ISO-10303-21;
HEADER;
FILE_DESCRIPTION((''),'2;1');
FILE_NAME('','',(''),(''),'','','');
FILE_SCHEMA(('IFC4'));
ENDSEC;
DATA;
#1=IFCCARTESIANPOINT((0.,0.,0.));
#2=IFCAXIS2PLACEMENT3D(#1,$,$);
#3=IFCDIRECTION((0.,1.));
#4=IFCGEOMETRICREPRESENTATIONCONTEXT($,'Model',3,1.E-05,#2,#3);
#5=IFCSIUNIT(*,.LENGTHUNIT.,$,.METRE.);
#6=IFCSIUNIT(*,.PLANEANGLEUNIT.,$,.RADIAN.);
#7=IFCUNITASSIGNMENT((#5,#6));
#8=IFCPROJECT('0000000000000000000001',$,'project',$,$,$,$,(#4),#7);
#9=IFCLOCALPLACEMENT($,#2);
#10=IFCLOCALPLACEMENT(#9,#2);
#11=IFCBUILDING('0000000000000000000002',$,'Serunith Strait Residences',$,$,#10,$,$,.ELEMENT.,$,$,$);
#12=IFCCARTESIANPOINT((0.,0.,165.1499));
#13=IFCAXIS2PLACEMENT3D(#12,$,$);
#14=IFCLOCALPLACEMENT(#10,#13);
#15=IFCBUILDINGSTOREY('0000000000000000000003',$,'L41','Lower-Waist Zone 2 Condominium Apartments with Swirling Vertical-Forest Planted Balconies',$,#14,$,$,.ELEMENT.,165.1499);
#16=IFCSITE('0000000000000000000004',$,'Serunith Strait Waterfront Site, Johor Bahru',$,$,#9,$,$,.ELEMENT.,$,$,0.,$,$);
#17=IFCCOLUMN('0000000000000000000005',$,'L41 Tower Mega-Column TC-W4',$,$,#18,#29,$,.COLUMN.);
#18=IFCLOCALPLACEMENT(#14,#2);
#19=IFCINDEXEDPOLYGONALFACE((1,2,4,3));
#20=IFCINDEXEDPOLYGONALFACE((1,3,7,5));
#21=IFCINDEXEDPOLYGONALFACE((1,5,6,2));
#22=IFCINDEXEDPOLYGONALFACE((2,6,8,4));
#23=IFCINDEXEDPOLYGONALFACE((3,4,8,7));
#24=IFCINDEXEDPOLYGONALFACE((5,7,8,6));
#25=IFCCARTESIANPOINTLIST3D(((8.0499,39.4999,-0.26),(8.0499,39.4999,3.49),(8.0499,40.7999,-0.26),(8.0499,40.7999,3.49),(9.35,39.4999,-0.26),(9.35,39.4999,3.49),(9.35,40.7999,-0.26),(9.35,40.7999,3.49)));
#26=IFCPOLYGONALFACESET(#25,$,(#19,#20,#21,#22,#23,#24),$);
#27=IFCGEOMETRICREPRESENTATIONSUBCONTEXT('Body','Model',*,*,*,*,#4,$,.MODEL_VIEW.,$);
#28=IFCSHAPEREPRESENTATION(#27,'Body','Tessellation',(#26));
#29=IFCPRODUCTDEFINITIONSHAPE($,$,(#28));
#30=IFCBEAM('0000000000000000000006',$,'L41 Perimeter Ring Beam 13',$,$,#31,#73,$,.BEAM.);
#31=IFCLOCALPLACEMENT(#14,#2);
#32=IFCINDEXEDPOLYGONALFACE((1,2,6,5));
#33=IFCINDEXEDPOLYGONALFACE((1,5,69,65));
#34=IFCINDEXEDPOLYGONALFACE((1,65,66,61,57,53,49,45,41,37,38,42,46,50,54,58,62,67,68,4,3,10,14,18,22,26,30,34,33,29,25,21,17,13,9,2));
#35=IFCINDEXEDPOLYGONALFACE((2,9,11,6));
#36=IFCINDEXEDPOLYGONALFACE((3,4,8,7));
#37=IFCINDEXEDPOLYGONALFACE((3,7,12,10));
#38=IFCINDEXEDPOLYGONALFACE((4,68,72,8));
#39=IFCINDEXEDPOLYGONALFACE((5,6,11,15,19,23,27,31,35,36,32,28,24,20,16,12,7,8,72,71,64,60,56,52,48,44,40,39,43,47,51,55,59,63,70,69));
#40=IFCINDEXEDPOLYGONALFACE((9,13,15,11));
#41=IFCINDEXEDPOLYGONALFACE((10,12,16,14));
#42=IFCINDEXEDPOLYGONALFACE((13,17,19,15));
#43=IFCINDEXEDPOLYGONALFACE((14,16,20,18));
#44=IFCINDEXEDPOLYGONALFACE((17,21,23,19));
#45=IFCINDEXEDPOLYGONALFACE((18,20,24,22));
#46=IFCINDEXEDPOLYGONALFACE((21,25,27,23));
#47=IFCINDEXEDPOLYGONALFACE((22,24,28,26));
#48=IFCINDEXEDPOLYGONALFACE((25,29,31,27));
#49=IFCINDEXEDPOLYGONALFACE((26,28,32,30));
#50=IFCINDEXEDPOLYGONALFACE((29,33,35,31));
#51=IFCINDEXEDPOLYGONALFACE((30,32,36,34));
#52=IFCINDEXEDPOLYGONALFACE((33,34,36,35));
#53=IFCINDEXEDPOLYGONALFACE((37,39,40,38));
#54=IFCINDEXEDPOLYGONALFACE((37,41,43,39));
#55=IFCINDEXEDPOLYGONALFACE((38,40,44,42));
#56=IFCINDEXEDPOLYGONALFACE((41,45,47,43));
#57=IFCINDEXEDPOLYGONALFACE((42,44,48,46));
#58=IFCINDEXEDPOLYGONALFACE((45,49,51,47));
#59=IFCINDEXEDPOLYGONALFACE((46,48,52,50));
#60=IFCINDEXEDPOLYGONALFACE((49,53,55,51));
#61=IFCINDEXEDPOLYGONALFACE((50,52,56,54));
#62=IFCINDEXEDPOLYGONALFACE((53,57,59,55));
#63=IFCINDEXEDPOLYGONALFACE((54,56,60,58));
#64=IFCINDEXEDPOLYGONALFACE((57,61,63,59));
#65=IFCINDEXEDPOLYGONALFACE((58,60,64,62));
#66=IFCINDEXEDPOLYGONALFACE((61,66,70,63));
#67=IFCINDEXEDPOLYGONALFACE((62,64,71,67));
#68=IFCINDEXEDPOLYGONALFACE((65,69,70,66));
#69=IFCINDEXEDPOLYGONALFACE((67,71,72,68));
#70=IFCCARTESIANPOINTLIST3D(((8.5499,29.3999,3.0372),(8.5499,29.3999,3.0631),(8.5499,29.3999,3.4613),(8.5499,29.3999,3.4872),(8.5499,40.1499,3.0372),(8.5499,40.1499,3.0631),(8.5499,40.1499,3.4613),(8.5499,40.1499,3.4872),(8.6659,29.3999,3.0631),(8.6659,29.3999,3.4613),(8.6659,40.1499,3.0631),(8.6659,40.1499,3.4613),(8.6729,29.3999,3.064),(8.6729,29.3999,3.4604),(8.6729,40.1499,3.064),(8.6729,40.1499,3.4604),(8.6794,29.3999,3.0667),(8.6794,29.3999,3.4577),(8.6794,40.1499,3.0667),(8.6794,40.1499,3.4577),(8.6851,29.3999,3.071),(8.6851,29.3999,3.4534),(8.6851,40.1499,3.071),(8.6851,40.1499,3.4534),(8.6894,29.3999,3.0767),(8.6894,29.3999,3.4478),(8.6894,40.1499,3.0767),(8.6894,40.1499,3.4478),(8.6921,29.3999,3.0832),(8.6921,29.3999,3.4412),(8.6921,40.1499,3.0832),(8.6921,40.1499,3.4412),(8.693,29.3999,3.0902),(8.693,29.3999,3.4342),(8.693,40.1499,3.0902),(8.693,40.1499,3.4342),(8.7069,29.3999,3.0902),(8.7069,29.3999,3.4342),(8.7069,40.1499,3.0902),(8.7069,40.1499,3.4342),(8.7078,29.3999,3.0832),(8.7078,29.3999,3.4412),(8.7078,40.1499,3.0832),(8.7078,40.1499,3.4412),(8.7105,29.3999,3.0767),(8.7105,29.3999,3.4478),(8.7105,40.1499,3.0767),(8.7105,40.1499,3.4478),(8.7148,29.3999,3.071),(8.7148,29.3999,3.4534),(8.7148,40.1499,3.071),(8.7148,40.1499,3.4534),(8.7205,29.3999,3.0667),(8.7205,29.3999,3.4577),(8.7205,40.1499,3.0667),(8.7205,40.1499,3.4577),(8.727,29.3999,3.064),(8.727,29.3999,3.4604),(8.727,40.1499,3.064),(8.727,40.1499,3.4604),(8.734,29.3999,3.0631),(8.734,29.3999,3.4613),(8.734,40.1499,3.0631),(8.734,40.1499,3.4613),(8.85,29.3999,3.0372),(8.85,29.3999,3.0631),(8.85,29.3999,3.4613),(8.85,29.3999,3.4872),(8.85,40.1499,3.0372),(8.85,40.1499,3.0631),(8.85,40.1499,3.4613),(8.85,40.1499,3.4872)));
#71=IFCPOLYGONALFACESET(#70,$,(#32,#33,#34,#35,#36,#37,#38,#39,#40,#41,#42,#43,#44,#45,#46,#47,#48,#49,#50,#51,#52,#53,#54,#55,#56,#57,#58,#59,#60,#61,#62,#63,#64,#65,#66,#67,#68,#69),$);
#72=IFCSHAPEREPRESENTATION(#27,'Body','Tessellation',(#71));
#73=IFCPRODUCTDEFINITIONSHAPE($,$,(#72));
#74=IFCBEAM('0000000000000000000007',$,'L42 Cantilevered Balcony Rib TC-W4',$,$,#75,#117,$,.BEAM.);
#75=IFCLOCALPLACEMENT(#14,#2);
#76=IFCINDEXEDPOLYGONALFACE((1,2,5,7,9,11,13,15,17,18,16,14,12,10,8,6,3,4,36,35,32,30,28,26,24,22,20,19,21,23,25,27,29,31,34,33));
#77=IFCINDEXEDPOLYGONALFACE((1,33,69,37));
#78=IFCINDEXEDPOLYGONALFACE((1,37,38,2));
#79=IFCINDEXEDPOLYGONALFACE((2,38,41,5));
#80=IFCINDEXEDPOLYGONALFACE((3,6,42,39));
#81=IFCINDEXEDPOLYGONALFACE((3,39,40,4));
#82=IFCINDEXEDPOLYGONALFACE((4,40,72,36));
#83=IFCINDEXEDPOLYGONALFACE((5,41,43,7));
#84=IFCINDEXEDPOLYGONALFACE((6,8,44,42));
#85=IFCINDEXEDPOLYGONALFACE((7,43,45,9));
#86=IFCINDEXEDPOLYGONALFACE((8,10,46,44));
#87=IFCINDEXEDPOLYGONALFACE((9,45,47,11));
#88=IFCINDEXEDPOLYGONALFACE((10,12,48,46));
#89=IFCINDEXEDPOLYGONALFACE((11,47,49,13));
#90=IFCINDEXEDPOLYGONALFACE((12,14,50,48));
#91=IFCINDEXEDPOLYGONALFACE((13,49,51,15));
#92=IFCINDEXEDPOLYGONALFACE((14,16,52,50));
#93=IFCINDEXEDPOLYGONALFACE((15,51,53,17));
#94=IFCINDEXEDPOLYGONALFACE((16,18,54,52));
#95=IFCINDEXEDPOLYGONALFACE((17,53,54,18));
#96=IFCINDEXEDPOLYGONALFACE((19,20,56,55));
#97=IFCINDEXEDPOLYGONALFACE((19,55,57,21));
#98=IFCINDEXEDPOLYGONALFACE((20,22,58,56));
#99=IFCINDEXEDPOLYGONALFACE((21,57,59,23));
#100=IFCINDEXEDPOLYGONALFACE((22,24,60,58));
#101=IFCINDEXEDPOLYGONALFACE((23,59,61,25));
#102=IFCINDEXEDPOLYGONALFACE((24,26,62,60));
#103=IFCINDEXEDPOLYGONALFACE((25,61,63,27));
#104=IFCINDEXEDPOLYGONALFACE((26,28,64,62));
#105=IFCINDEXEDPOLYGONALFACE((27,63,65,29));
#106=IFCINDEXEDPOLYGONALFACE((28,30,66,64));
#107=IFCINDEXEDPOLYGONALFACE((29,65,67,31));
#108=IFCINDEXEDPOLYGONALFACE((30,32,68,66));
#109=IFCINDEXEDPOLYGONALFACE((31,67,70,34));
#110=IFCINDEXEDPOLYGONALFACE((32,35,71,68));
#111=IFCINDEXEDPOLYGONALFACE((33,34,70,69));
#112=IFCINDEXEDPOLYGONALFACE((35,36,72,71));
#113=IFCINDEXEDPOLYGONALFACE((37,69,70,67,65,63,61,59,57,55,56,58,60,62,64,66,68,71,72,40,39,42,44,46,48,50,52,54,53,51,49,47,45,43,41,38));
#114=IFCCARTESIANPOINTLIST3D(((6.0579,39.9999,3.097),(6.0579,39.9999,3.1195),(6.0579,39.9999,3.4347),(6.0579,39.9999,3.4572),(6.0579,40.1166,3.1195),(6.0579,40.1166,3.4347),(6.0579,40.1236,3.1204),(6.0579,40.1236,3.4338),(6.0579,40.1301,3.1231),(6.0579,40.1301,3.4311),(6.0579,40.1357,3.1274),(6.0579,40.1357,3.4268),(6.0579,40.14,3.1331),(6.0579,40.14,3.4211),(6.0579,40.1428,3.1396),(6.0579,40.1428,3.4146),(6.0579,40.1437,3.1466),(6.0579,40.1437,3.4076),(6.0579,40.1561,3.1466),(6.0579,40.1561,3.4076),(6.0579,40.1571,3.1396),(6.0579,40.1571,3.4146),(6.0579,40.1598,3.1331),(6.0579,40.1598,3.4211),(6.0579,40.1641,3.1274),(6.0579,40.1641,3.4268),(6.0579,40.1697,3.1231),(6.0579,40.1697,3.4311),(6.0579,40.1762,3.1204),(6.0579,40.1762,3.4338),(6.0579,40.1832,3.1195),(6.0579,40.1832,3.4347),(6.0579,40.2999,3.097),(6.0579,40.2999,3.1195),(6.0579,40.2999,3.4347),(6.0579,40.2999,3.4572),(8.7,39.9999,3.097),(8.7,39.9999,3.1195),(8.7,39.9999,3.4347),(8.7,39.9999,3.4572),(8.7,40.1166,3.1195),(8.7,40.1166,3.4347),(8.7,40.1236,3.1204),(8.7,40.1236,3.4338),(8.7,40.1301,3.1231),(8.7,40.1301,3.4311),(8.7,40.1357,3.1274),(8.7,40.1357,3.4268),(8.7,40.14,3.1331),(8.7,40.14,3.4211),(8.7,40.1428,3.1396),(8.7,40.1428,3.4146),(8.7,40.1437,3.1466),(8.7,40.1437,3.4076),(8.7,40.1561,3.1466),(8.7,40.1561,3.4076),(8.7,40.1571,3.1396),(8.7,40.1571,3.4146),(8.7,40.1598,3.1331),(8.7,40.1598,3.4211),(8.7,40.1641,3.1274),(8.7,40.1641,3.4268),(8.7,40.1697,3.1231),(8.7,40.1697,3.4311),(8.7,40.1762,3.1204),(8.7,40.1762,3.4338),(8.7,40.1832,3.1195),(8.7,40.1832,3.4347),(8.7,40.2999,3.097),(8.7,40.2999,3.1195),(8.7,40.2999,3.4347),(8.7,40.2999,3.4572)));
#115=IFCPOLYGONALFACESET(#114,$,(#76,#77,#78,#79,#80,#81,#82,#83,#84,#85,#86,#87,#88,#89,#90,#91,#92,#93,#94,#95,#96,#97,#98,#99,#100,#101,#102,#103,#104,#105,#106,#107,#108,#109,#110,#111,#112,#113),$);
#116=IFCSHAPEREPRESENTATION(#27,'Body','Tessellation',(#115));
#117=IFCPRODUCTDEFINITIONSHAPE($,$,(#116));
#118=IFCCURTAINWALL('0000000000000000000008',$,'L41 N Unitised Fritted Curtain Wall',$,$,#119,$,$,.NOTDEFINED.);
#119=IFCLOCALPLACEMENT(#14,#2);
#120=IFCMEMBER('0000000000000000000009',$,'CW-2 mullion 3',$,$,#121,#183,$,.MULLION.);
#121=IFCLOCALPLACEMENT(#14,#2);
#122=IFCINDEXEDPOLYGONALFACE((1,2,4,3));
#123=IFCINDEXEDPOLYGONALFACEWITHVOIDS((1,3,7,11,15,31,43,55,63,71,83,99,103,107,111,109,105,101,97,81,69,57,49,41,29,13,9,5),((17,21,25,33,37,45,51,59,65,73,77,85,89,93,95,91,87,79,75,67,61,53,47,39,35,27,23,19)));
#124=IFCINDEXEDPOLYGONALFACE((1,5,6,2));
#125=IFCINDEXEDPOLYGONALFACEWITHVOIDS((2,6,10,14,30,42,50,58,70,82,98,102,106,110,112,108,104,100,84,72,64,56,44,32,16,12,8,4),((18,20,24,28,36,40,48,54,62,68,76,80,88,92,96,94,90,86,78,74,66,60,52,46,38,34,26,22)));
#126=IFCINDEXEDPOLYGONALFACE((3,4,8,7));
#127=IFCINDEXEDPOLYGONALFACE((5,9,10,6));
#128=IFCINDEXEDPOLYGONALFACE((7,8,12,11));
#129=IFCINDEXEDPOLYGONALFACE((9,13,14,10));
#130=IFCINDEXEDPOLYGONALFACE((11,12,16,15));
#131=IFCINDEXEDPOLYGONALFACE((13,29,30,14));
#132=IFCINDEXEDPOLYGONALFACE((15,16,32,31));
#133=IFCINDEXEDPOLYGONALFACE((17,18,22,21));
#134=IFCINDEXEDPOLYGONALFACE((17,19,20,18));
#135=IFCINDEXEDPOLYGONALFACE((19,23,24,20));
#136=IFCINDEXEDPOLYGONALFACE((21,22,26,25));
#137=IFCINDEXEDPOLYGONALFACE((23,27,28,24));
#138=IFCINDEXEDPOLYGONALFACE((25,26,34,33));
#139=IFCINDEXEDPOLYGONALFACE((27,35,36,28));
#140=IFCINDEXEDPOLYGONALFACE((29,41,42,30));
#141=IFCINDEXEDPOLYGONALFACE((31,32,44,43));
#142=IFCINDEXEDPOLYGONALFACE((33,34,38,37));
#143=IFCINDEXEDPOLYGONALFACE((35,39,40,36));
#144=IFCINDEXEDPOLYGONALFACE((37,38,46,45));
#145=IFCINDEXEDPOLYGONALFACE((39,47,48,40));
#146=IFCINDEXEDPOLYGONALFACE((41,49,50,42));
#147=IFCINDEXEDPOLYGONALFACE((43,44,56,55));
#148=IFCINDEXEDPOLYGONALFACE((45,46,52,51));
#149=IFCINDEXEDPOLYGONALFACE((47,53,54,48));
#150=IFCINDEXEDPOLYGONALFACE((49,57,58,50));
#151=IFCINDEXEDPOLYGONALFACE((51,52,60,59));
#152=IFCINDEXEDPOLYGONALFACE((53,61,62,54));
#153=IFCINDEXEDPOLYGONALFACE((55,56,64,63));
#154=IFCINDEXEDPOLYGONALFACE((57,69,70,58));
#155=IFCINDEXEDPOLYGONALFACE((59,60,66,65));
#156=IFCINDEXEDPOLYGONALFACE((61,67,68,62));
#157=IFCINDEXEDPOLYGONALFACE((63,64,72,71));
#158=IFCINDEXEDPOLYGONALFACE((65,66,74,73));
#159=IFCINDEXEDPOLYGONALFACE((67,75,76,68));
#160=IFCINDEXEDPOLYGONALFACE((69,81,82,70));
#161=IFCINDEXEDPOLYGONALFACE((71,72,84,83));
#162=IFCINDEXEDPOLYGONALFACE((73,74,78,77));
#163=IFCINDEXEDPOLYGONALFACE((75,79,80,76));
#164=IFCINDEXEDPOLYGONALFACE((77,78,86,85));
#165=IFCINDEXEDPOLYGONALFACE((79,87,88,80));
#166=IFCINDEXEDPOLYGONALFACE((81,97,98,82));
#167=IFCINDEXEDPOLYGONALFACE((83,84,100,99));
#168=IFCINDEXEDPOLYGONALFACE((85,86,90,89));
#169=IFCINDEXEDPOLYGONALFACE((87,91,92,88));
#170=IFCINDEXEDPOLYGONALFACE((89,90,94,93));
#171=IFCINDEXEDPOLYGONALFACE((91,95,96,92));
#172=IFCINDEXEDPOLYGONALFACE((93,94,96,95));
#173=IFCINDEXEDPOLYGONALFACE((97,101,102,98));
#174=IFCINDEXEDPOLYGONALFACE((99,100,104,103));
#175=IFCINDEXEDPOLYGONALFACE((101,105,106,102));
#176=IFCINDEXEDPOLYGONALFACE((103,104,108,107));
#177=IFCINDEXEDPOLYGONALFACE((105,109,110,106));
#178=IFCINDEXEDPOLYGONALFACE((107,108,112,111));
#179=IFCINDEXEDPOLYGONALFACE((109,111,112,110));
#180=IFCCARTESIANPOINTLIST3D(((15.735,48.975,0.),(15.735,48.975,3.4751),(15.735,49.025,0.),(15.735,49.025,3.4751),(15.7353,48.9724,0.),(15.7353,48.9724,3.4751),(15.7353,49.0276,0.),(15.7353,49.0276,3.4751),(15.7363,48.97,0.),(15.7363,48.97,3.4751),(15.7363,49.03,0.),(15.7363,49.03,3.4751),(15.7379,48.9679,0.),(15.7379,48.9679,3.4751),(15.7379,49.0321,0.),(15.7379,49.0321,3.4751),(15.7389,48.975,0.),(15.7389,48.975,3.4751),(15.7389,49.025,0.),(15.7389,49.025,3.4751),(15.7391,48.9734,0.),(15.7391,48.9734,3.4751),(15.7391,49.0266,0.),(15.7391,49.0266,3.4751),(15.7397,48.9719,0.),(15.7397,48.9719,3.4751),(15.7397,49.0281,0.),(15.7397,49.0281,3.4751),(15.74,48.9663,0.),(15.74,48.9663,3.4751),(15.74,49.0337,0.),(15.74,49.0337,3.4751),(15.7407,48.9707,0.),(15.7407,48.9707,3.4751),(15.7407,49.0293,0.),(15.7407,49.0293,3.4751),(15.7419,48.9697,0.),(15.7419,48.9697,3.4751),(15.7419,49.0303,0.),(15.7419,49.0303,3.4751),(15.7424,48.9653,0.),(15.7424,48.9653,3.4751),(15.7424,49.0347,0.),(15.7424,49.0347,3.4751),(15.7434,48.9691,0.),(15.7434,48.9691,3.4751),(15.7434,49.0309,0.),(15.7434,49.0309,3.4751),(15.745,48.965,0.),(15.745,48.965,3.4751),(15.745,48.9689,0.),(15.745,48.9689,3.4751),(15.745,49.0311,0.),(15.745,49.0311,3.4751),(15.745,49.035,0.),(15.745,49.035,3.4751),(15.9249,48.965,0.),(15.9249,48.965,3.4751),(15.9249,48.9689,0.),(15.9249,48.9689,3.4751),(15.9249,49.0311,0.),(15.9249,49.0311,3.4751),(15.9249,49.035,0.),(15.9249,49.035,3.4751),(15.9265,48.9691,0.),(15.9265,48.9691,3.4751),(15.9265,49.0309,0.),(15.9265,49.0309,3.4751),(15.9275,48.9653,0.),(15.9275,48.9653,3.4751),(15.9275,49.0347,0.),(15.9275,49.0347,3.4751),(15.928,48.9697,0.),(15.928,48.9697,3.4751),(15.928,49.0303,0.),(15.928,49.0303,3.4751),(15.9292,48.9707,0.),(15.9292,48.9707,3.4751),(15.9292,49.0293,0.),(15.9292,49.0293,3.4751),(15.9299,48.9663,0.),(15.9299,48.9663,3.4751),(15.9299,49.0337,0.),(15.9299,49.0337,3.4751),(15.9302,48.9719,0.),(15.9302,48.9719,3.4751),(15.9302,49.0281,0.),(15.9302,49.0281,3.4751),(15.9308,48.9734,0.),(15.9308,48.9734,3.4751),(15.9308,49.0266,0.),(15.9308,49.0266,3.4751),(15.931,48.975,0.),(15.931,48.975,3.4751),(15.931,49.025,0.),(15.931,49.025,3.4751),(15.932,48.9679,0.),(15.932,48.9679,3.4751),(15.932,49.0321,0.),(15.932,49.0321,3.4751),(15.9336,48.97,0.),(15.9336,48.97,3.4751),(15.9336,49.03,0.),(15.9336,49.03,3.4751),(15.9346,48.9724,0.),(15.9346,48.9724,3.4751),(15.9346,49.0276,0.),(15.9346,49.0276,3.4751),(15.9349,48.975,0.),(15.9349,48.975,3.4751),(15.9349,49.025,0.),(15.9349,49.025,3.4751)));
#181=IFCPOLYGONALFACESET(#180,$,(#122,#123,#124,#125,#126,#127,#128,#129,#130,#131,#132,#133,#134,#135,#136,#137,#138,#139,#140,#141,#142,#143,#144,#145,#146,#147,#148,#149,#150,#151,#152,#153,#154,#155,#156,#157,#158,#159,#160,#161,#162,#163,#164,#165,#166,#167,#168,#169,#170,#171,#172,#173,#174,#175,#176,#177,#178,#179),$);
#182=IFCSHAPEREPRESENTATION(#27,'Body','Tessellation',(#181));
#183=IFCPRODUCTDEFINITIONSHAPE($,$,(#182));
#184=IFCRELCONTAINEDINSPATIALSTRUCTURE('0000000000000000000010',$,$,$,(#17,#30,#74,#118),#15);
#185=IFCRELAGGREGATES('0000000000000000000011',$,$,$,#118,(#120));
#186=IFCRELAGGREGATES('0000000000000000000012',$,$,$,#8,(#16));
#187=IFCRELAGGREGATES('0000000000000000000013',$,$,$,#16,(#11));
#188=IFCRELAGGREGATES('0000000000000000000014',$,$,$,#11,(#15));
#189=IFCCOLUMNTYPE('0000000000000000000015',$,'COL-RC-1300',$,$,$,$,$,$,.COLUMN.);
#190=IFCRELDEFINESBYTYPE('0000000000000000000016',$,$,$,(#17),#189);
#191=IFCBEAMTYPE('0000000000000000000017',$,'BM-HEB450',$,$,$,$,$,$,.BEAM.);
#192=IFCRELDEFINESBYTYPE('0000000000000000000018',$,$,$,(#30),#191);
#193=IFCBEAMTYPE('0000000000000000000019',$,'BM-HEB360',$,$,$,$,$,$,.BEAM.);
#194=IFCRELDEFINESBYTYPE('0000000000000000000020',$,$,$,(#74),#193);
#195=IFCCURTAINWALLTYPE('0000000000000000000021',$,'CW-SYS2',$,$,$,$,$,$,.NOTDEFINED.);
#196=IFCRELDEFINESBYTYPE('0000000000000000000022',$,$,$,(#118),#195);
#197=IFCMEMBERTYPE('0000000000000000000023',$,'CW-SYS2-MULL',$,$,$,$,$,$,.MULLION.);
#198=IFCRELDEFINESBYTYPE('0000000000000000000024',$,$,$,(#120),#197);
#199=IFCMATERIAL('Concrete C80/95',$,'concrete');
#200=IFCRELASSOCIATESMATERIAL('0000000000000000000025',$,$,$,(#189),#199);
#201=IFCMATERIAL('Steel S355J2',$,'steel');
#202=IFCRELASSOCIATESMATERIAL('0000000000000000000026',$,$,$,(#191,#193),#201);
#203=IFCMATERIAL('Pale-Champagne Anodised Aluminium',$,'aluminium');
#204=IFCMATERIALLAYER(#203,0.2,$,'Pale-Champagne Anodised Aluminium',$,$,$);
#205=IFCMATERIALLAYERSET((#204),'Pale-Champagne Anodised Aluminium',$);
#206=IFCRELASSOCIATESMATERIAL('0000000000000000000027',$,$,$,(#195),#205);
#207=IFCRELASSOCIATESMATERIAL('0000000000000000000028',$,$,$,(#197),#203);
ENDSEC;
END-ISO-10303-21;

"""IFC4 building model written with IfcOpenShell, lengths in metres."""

from ifc_helpers import new_model, si_unit, direction, frame, origin, origin_2d, place, context, subcontext, project, spatial, rectangle, hollow_rectangle, i_section, extrude, source, transform, mapped, material, layer, layer_set, material_profile, profile_set, type_object, element, aggregate, save


model = new_model("IFC4")

# Units and contexts
model_context = context("Model", 3, precision=1e-05, world=origin(), true_north=direction((0.0, 1.0)))
body_context = subcontext(model_context, "Body", "Model", "MODEL_VIEW")
ifc_project = project(units=[si_unit("LENGTHUNIT", "METRE"), si_unit("PLANEANGLEUNIT", "RADIAN")], contexts=[model_context])

# Site, building, storey
site_placement = place(None, origin())
site = spatial("IfcSite", under=ifc_project, at=site_placement, Name="Serunith Strait Waterfront Site, Johor Bahru", CompositionType="ELEMENT", RefElevation=0.0)
building_placement = place(site_placement, origin())
building = spatial("IfcBuilding", under=site, at=building_placement, Name="Serunith Strait Residences", CompositionType="ELEMENT")
storey_placement = place(building_placement, frame((0.0, 0.0, 165.1499)))
storey = spatial("IfcBuildingStorey", under=building, at=storey_placement, Name="L41", Description="Lower-Waist Zone 2 Condominium Apartments with Swirling Vertical-Forest Planted Balconies", CompositionType="ELEMENT", Elevation=165.1499)

# Column
ifc_material_1 = material(Name="Concrete C80/95", Category="concrete")
ifc_material_profile_1 = material_profile(ifc_material_1, rectangle(XDim=1.3, YDim=1.3, at=origin_2d()), Name="RC 1300x1300")
ifc_profile_set_1 = profile_set([ifc_material_profile_1], Name="Concrete C80/95")
column_type = type_object("IfcColumnType", Name="COL-RC-1300", PredefinedType="COLUMN", material=ifc_profile_set_1)
shared_shape_1 = source(origin(), body_context, "Body", "SweptSolid", [
    extrude(rectangle(XDim=1.3, YDim=1.3, at=origin_2d()), origin(), (0.0, 0.0, 1.0), 3.75),
])
column_placement = place(storey_placement, frame((8.7, 40.1499, -0.26), z_axis=(0.0, 0.0, 1.0), x_axis=(1.0, 0.0, 0.0)))
element("IfcColumn", 1, at=column_placement, inside=storey, type_object=column_type, Name="L41 Tower Mega-Column TC-W4", PredefinedType="COLUMN", context=body_context, shape_type="MappedRepresentation", body=[
    mapped(shared_shape_1, transform((0.0, 0.0, 0.0), scale=1.0)),
])

# Beams
ifc_material_2 = material(Name="Steel S355J2", Category="steel")
ifc_material_profile_2 = material_profile(ifc_material_2, i_section(OverallWidth=0.3, OverallDepth=0.45, WebThickness=0.0139, FlangeThickness=0.0259, FilletRadius=0.0271, at=origin_2d()), Name="HEB 450")
ifc_profile_set_2 = profile_set([ifc_material_profile_2], Name="Steel S355J2")
beam_type_1 = type_object("IfcBeamType", Name="BM-HEB450", PredefinedType="BEAM", material=ifc_profile_set_2)
shared_shape_2 = source(origin(), body_context, "Body", "SweptSolid", [
    extrude(i_section(OverallWidth=0.3, OverallDepth=0.45, WebThickness=0.0139, FlangeThickness=0.0259, FilletRadius=0.0271, at=origin_2d()), origin(), (0.0, 0.0, 1.0), 10.75),
])
beam_1_placement = place(storey_placement, frame((8.7, 40.1499, 3.2622), z_axis=(0.0, -1.0, 0.0), x_axis=(1.0, 0.0, 0.0)))
element("IfcBeam", 2, at=beam_1_placement, inside=storey, type_object=beam_type_1, Name="L41 Perimeter Ring Beam 13", PredefinedType="BEAM", context=body_context, shape_type="MappedRepresentation", body=[
    mapped(shared_shape_2, transform((0.0, 0.0, 0.0), scale=1.0)),
])
ifc_material_profile_3 = material_profile(ifc_material_2, i_section(OverallWidth=0.3, OverallDepth=0.3601, WebThickness=0.0125, FlangeThickness=0.0225, FilletRadius=0.0271, at=origin_2d()), Name="HEB 360")
ifc_profile_set_3 = profile_set([ifc_material_profile_3], Name="Steel S355J2")
beam_type_2 = type_object("IfcBeamType", Name="BM-HEB360", PredefinedType="BEAM", material=ifc_profile_set_3)
shared_shape_3 = source(origin(), body_context, "Body", "SweptSolid", [
    extrude(i_section(OverallWidth=0.3, OverallDepth=0.3601, WebThickness=0.0125, FlangeThickness=0.0225, FilletRadius=0.0271, at=origin_2d()), origin(), (0.0, 0.0, 1.0), 2.6421),
])
beam_2_placement = place(storey_placement, frame((8.7, 40.1499, 3.2771), z_axis=(-1.0, 0.0, 0.0), x_axis=(0.0, -1.0, 0.0)))
element("IfcBeam", 3, at=beam_2_placement, inside=storey, type_object=beam_type_2, Name="L42 Cantilevered Balcony Rib TC-W4", PredefinedType="BEAM", context=body_context, shape_type="MappedRepresentation", body=[
    mapped(shared_shape_3, transform((0.0, 0.0, 0.0), scale=1.0)),
])

# Curtain wall, member
ifc_material_3 = material(Name="Pale-Champagne Anodised Aluminium", Category="aluminium")
ifc_layer_1 = layer(ifc_material_3, 0.2, Name="Pale-Champagne Anodised Aluminium")
ifc_layer_set_1 = layer_set([ifc_layer_1], Name="Pale-Champagne Anodised Aluminium")
curtain_wall_type = type_object("IfcCurtainWallType", Name="CW-SYS2", PredefinedType="NOTDEFINED", material=ifc_layer_set_1)
curtain_wall_1_placement = place(storey_placement, origin())
curtain_wall_1 = element("IfcCurtainWall", 4, at=curtain_wall_1_placement, inside=storey, type_object=curtain_wall_type, Name="L41 N Unitised Fritted Curtain Wall", PredefinedType="NOTDEFINED")
ifc_material_profile_4 = material_profile(ifc_material_3, hollow_rectangle(XDim=0.0701, YDim=0.2, WallThickness=0.0039, InnerFilletRadius=0.0061, OuterFilletRadius=0.01, at=origin_2d()), Name="ALU 200x70x4")
ifc_profile_set_4 = profile_set([ifc_material_profile_4], Name="Pale-Champagne Anodised Aluminium")
member_type_1 = type_object("IfcMemberType", Name="CW-SYS2-MULL", PredefinedType="MULLION", material=ifc_profile_set_4)
shared_shape_4 = source(origin(), body_context, "Body", "SweptSolid", [
    extrude(hollow_rectangle(XDim=0.0701, YDim=0.2, WallThickness=0.0039, InnerFilletRadius=0.0061, OuterFilletRadius=0.01, at=origin_2d()), origin(), (0.0, 0.0, 1.0), 3.4751),
])
member_1_placement = place(storey_placement, frame((15.835, 49.0, 0.0), z_axis=(0.0, 0.0, 1.0), x_axis=(0.0, -1.0, 0.0)))
member_1 = element("IfcMember", 5, at=member_1_placement, type_object=member_type_1, Name="CW-2 mullion 3", PredefinedType="MULLION", context=body_context, shape_type="MappedRepresentation", body=[
    mapped(shared_shape_4, transform((0.0, 0.0, 0.0), scale=1.0)),
])
aggregate(curtain_wall_1, [member_1])

save(model, "model.ifc")
